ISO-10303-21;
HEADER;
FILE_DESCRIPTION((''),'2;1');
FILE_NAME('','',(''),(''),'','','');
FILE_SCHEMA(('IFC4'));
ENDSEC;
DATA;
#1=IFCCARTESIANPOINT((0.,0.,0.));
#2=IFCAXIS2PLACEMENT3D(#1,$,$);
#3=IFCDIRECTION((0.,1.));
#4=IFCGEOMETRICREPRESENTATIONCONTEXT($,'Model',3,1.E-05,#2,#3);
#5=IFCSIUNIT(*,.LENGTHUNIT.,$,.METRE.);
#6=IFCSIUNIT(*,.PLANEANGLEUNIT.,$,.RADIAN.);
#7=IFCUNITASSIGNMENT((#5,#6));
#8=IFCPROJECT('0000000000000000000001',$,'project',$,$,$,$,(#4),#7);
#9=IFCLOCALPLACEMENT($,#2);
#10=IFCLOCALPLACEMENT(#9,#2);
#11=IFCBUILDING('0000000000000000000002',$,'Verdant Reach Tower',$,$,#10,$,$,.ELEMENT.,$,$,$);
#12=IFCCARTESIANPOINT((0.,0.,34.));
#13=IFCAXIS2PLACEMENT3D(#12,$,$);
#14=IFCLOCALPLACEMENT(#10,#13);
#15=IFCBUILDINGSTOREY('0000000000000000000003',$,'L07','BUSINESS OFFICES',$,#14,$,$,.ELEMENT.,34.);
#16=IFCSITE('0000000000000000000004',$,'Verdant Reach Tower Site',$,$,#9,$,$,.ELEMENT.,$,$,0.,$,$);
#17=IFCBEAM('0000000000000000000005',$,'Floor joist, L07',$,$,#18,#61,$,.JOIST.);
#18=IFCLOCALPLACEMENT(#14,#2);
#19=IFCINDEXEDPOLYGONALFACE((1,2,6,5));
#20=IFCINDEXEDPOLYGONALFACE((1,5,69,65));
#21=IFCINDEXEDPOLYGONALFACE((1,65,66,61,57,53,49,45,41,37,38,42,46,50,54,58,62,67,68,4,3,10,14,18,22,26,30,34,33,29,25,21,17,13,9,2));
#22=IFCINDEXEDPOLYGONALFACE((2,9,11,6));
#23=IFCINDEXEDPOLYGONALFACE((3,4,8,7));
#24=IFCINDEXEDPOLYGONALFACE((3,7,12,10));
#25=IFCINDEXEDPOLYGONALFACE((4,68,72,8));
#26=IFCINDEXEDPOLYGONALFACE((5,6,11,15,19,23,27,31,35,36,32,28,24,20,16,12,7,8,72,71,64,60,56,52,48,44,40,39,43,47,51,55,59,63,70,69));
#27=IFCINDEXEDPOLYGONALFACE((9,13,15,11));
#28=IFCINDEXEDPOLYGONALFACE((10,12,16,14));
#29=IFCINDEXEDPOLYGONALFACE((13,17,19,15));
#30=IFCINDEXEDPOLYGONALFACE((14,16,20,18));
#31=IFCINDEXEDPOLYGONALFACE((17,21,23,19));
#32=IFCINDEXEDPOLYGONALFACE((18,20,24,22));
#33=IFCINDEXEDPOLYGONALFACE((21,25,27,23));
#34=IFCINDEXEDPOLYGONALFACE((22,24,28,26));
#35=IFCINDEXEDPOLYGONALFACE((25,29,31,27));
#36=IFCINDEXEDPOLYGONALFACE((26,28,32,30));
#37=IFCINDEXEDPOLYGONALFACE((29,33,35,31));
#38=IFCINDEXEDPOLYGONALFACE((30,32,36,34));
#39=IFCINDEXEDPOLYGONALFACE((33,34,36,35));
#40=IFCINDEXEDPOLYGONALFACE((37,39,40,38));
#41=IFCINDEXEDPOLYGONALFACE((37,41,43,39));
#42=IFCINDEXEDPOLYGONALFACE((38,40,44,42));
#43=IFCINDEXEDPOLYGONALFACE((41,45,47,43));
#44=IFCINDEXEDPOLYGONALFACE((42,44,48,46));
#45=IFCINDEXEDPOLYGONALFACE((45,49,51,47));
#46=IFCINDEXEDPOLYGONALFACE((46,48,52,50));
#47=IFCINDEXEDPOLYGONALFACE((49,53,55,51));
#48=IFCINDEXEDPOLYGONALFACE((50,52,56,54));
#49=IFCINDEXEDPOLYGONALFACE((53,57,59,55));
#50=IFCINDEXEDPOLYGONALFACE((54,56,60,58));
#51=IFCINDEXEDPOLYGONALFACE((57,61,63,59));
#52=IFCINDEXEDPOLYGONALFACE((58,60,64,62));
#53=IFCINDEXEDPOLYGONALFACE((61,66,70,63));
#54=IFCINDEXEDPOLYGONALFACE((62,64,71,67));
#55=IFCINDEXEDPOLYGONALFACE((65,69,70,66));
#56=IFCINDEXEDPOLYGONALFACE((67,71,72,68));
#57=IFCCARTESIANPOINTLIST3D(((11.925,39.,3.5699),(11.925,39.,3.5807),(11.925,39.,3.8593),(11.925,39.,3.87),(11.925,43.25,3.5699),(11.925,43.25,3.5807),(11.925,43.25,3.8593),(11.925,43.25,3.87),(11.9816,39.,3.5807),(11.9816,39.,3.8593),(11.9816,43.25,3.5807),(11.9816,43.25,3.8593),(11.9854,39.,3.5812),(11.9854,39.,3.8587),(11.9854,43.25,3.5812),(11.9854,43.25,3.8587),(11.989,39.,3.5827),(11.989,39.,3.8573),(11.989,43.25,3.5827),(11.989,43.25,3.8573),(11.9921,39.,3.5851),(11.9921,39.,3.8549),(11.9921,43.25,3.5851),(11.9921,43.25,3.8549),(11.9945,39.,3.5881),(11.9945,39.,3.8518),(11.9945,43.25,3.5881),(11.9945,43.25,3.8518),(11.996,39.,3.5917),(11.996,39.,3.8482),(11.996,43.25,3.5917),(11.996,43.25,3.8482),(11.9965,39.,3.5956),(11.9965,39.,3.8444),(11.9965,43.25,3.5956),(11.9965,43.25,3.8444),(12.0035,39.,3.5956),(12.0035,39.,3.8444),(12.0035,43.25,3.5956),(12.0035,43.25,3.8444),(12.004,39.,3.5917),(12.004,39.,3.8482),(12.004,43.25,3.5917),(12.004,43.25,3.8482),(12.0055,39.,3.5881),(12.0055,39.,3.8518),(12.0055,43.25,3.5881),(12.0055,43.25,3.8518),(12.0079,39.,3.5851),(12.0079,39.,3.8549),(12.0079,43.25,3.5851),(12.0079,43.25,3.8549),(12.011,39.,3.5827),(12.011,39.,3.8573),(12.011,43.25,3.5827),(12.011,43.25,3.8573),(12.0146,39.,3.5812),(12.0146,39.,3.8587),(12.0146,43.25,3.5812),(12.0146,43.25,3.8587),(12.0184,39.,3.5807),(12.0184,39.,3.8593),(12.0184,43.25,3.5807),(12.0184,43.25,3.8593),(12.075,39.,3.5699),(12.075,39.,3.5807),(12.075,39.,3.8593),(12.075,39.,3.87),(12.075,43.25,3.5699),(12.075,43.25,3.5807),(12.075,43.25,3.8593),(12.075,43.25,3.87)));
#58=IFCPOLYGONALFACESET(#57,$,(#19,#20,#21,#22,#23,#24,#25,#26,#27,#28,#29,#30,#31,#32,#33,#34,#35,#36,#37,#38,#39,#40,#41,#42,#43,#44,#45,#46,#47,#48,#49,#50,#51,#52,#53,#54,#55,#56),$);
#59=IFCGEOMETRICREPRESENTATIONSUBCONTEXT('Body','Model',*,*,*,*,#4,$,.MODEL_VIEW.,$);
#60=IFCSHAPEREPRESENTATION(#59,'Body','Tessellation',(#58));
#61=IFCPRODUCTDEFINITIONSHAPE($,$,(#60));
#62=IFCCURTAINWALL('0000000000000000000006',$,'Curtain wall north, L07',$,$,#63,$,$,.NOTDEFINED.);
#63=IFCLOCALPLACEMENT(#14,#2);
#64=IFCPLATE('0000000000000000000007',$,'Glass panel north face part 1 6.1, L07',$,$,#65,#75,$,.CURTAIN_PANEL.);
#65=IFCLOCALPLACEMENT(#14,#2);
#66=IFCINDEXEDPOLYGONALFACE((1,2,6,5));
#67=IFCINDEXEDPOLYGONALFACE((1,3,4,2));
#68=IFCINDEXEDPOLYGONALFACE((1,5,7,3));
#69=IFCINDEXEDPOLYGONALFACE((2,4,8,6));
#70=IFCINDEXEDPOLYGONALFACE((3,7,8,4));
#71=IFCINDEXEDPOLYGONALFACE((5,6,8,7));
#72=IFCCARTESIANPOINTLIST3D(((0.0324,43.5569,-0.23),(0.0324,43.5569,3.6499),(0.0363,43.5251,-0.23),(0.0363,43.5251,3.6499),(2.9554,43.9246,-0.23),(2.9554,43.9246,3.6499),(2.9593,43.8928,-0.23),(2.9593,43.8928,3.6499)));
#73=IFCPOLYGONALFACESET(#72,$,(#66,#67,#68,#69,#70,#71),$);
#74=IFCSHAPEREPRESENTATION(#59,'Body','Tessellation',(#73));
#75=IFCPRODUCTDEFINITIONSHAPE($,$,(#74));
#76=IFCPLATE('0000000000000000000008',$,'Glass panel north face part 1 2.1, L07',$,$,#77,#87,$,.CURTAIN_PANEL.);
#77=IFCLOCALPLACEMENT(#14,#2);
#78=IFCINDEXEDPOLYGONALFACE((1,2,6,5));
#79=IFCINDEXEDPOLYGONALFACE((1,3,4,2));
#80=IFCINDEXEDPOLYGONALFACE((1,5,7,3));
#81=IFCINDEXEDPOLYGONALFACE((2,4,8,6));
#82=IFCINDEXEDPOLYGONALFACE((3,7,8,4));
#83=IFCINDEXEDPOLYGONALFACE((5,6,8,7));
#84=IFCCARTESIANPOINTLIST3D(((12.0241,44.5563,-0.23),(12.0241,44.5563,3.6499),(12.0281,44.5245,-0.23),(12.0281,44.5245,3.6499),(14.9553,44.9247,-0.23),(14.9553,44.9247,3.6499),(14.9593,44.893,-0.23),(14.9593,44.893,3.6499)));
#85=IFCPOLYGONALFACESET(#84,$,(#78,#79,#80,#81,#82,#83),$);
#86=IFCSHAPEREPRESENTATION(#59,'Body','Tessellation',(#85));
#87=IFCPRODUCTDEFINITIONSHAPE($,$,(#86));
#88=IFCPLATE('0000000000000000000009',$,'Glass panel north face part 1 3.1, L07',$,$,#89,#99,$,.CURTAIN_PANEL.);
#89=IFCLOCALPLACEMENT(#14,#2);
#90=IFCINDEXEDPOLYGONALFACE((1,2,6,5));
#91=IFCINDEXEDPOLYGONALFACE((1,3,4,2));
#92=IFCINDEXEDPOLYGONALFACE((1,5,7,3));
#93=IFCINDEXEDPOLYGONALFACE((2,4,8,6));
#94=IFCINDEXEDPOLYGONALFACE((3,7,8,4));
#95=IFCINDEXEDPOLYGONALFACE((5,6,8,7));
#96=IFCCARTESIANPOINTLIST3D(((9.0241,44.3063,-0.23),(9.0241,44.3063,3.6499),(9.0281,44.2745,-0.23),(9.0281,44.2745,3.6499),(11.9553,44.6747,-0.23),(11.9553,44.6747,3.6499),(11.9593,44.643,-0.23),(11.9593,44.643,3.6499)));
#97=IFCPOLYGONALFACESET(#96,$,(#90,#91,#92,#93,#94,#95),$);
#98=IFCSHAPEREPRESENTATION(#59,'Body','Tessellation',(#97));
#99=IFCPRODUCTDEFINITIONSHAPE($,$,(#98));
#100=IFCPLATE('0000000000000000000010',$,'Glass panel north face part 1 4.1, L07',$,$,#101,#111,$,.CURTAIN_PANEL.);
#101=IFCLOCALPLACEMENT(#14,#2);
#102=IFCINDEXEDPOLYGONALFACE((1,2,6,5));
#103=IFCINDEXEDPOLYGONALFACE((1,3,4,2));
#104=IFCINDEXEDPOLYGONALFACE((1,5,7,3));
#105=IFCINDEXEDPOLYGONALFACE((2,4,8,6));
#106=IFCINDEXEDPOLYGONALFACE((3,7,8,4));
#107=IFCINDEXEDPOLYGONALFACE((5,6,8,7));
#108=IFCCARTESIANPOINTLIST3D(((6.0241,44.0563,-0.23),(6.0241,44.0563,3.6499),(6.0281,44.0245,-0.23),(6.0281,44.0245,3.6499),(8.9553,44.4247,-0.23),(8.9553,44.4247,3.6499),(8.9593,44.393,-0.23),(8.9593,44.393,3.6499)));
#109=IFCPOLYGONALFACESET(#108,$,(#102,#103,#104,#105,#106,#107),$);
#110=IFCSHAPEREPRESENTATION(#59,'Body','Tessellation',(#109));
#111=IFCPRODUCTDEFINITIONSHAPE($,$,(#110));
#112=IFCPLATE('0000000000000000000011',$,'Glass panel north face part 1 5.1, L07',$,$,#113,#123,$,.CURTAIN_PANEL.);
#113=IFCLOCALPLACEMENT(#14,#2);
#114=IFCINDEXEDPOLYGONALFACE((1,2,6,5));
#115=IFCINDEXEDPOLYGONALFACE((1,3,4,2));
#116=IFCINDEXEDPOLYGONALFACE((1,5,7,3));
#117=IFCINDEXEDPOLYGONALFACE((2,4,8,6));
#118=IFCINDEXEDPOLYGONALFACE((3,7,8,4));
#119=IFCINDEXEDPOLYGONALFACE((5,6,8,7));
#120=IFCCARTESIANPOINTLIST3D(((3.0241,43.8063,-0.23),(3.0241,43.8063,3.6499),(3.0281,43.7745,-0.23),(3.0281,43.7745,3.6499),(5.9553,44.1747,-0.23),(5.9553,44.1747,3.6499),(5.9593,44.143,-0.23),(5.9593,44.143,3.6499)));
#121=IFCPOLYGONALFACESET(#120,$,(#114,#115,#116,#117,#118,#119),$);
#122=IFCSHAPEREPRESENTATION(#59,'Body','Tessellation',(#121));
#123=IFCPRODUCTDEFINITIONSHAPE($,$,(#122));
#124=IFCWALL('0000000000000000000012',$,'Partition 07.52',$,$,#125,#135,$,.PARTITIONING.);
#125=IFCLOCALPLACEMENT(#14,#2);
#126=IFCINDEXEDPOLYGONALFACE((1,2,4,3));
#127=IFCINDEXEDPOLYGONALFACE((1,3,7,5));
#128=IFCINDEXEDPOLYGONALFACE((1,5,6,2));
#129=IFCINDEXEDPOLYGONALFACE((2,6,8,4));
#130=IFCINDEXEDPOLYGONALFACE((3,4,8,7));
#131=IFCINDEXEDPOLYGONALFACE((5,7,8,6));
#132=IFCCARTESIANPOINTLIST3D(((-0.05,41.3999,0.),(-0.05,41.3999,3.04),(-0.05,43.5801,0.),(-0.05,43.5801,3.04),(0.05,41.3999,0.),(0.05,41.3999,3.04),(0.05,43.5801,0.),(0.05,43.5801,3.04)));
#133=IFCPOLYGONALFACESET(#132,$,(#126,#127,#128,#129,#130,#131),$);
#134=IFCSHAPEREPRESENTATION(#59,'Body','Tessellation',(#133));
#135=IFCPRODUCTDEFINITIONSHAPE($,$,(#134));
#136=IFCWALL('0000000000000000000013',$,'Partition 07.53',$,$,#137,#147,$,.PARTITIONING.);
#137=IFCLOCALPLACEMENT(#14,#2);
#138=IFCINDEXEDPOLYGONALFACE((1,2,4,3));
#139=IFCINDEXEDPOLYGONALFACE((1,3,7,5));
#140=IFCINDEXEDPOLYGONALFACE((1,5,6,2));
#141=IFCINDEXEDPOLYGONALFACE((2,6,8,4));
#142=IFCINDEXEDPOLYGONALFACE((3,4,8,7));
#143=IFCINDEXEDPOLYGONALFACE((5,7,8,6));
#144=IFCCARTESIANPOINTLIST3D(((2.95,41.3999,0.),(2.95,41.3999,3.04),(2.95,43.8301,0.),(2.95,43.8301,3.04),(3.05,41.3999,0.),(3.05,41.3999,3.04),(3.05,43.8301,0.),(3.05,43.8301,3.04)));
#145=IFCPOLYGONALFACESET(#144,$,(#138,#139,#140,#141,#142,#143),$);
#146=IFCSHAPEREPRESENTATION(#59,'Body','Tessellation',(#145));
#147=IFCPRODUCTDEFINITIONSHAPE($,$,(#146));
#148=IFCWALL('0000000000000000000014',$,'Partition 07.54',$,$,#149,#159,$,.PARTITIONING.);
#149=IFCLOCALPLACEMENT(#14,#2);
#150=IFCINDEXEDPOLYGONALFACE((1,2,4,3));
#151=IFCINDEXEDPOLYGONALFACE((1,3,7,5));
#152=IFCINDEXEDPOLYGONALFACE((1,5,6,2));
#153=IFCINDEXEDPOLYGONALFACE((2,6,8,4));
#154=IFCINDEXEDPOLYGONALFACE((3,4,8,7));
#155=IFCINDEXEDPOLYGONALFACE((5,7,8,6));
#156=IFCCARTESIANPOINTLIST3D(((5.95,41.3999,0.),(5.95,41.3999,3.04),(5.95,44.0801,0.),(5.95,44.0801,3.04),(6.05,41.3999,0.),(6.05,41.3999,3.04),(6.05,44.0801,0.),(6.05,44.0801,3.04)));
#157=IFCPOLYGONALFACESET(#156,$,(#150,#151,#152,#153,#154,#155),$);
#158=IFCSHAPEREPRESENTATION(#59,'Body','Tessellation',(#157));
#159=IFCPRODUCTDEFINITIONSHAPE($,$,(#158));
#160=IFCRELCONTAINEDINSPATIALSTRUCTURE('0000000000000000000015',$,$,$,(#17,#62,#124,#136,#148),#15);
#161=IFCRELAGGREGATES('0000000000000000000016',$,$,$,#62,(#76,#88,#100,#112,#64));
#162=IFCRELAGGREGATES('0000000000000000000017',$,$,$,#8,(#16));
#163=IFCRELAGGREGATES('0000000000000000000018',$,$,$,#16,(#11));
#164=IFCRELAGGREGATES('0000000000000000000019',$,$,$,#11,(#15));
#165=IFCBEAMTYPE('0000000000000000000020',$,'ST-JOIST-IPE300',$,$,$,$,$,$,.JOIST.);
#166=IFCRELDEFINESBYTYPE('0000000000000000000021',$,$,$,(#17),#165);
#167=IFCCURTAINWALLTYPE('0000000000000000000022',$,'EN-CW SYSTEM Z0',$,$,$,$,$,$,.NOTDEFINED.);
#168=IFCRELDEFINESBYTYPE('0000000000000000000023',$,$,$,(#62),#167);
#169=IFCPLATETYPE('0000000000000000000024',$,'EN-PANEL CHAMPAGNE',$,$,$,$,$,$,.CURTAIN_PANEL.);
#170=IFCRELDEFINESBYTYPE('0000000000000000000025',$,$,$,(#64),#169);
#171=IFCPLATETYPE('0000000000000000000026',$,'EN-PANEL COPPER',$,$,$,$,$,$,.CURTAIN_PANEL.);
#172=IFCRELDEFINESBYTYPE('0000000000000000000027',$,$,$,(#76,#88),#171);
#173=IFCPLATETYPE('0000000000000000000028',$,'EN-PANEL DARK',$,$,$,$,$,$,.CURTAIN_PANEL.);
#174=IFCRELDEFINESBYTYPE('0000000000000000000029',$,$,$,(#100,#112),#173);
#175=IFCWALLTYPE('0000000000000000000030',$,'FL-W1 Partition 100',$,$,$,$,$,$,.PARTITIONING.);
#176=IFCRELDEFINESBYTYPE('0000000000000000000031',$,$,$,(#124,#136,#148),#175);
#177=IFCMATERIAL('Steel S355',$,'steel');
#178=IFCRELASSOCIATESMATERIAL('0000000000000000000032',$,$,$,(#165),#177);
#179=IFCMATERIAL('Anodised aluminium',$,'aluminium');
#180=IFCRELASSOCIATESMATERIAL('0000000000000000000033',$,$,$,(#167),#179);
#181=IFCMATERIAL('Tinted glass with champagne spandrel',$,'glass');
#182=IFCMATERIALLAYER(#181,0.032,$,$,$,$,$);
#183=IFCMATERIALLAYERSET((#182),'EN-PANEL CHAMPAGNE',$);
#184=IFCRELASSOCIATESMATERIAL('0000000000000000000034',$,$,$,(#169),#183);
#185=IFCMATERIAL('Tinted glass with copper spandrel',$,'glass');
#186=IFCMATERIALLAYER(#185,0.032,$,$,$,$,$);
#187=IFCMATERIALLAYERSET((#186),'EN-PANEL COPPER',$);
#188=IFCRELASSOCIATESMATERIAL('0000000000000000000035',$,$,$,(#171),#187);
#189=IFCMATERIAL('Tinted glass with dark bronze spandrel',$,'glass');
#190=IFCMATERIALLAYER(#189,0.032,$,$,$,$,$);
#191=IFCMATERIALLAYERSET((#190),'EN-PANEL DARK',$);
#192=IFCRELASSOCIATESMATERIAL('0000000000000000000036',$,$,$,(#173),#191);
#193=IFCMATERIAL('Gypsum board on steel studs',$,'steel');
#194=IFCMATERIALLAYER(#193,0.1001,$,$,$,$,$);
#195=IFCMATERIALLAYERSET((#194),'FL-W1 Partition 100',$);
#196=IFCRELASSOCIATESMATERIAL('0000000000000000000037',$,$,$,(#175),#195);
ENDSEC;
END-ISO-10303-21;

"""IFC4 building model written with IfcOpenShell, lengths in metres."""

from ifc_helpers import new_model, si_unit, direction, frame, frame_2d, origin, origin_2d, place, context, subcontext, project, spatial, rectangle, i_section, extrude, material, layer, layer_set, material_profile, profile_set, type_object, element, aggregate, save


model = new_model("IFC4")

# Units and contexts
model_context = context("Model", 3, precision=1e-05, world=origin(), true_north=direction((0.0, 1.0)))
body_context = subcontext(model_context, "Body", "Model", "MODEL_VIEW")
ifc_project = project(units=[si_unit("LENGTHUNIT", "METRE"), si_unit("PLANEANGLEUNIT", "RADIAN")], contexts=[model_context])

# Site, building, storey
site_placement = place(None, origin())
site = spatial("IfcSite", under=ifc_project, at=site_placement, Name="Verdant Reach Tower Site", CompositionType="ELEMENT", RefElevation=0.0)
building_placement = place(site_placement, origin())
building = spatial("IfcBuilding", under=site, at=building_placement, Name="Verdant Reach Tower", CompositionType="ELEMENT")
storey_placement = place(building_placement, frame((0.0, 0.0, 34.0)))
storey = spatial("IfcBuildingStorey", under=building, at=storey_placement, Name="L07", Description="BUSINESS OFFICES", CompositionType="ELEMENT", Elevation=34.0)

# Beam
ifc_material_1 = material(Name="Steel S355", Category="steel")
ifc_material_profile_1 = material_profile(ifc_material_1, i_section(OverallWidth=0.1499, OverallDepth=0.3, WebThickness=0.0071, FlangeThickness=0.0107, FilletRadius=0.0149, at=origin_2d()), Name="IPE 300")
ifc_profile_set_1 = profile_set([ifc_material_profile_1], Name="Steel S355")
beam_type = type_object("IfcBeamType", Name="ST-JOIST-IPE300", PredefinedType="JOIST", material=ifc_profile_set_1)
beam_1_placement = place(storey_placement, frame((12.0, 39.0, 3.72), z_axis=(0.0, 1.0, 0.0), x_axis=(-1.0, 0.0, 0.0)))
element("IfcBeam", 1, at=beam_1_placement, inside=storey, type_object=beam_type, Name="Floor joist, L07", PredefinedType="JOIST", context=body_context, shape_type="SweptSolid", body=[
    extrude(i_section(OverallWidth=0.1499, OverallDepth=0.3, WebThickness=0.0071, FlangeThickness=0.0107, FilletRadius=0.0149, at=origin_2d()), origin(), (0.0, 0.0, 1.0), 4.25),
])

# Curtain wall, plates
ifc_material_2 = material(Name="Anodised aluminium", Category="aluminium")
curtain_wall_type = type_object("IfcCurtainWallType", Name="EN-CW SYSTEM Z0", PredefinedType="NOTDEFINED", material=ifc_material_2)
curtain_wall_placement = place(storey_placement, origin())
curtain_wall = element("IfcCurtainWall", 2, at=curtain_wall_placement, inside=storey, type_object=curtain_wall_type, Name="Curtain wall north, L07", PredefinedType="NOTDEFINED")
ifc_material_3 = material(Name="Tinted glass with champagne spandrel", Category="glass")
ifc_layer_1 = layer(ifc_material_3, 0.032)
ifc_layer_set_1 = layer_set([ifc_layer_1], Name="EN-PANEL CHAMPAGNE")
plate_type_1 = type_object("IfcPlateType", Name="EN-PANEL CHAMPAGNE", PredefinedType="CURTAIN_PANEL", material=ifc_layer_set_1)
plate_1_placement = place(storey_placement, frame((1.4958, 43.7249, -0.23), z_axis=(0.0, 0.0, 1.0), x_axis=(-0.99218, -0.124818, 0.0)))
plate_1 = element("IfcPlate", 3, at=plate_1_placement, type_object=plate_type_1, Name="Glass panel north face part 1 6.1, L07", PredefinedType="CURTAIN_PANEL", context=body_context, shape_type="SweptSolid", body=[
    extrude(rectangle(XDim=2.946, YDim=0.032, at=origin_2d()), origin(), (0.0, 0.0, 1.0), 3.8799),
])
ifc_material_4 = material(Name="Tinted glass with copper spandrel", Category="glass")
ifc_layer_2 = layer(ifc_material_4, 0.032)
ifc_layer_set_2 = layer_set([ifc_layer_2], Name="EN-PANEL COPPER")
plate_type_2 = type_object("IfcPlateType", Name="EN-PANEL COPPER", PredefinedType="CURTAIN_PANEL", material=ifc_layer_set_2)
plate_2_placement = place(storey_placement, frame((13.4917, 44.7246, -0.23), z_axis=(0.0, 0.0, 1.0), x_axis=(-0.992194, -0.124704, 0.0)))
plate_2 = element("IfcPlate", 4, at=plate_2_placement, type_object=plate_type_2, Name="Glass panel north face part 1 2.1, L07", PredefinedType="CURTAIN_PANEL", context=body_context, shape_type="SweptSolid", body=[
    extrude(rectangle(XDim=2.9543, YDim=0.032, at=origin_2d()), origin(), (0.0, 0.0, 1.0), 3.8799),
])
plate_3_placement = place(storey_placement, frame((10.4917, 44.4746, -0.23), z_axis=(0.0, 0.0, 1.0), x_axis=(-0.992194, -0.124704, 0.0)))
plate_3 = element("IfcPlate", 5, at=plate_3_placement, type_object=plate_type_2, Name="Glass panel north face part 1 3.1, L07", PredefinedType="CURTAIN_PANEL", context=body_context, shape_type="SweptSolid", body=[
    extrude(rectangle(XDim=2.9543, YDim=0.032, at=origin_2d()), origin(), (0.0, 0.0, 1.0), 3.8799),
])
ifc_material_5 = material(Name="Tinted glass with dark bronze spandrel", Category="glass")
ifc_layer_3 = layer(ifc_material_5, 0.032)
ifc_layer_set_3 = layer_set([ifc_layer_3], Name="EN-PANEL DARK")
plate_type_3 = type_object("IfcPlateType", Name="EN-PANEL DARK", PredefinedType="CURTAIN_PANEL", material=ifc_layer_set_3)
plate_4_placement = place(storey_placement, frame((7.4917, 44.2246, -0.23), z_axis=(0.0, 0.0, 1.0), x_axis=(-0.992194, -0.124704, 0.0)))
plate_4 = element("IfcPlate", 6, at=plate_4_placement, type_object=plate_type_3, Name="Glass panel north face part 1 4.1, L07", PredefinedType="CURTAIN_PANEL", context=body_context, shape_type="SweptSolid", body=[
    extrude(rectangle(XDim=2.9543, YDim=0.032, at=origin_2d()), origin(), (0.0, 0.0, 1.0), 3.8799),
])
plate_5_placement = place(storey_placement, frame((4.4917, 43.9746, -0.23), z_axis=(0.0, 0.0, 1.0), x_axis=(-0.992194, -0.124704, 0.0)))
plate_5 = element("IfcPlate", 7, at=plate_5_placement, type_object=plate_type_3, Name="Glass panel north face part 1 5.1, L07", PredefinedType="CURTAIN_PANEL", context=body_context, shape_type="SweptSolid", body=[
    extrude(rectangle(XDim=2.9543, YDim=0.032, at=origin_2d()), origin(), (0.0, 0.0, 1.0), 3.8799),
])
aggregate(curtain_wall, [plate_2, plate_3, plate_4, plate_5, plate_1])

# Walls
ifc_material_6 = material(Name="Gypsum board on steel studs", Category="steel")
ifc_layer_4 = layer(ifc_material_6, 0.1001)
ifc_layer_set_4 = layer_set([ifc_layer_4], Name="FL-W1 Partition 100")
wall_type_1 = type_object("IfcWallType", Name="FL-W1 Partition 100", PredefinedType="PARTITIONING", material=ifc_layer_set_4)
wall_1_placement = place(storey_placement, frame((0.0, 41.3999, 0.0), z_axis=(0.0, 0.0, 1.0), x_axis=(0.0, 1.0, 0.0)))
element("IfcWall", 8, at=wall_1_placement, inside=storey, type_object=wall_type_1, Name="Partition 07.52", PredefinedType="PARTITIONING", context=body_context, shape_type="SweptSolid", body=[
    extrude(rectangle(XDim=2.1802, YDim=0.1001, at=frame_2d((1.0901, 0.0))), origin(), (0.0, 0.0, 1.0), 3.04),
])
wall_2_placement = place(storey_placement, frame((3.0, 41.3999, 0.0), z_axis=(0.0, 0.0, 1.0), x_axis=(0.0, 1.0, 0.0)))
element("IfcWall", 9, at=wall_2_placement, inside=storey, type_object=wall_type_1, Name="Partition 07.53", PredefinedType="PARTITIONING", context=body_context, shape_type="SweptSolid", body=[
    extrude(rectangle(XDim=2.4302, YDim=0.1001, at=frame_2d((1.2151, 0.0))), origin(), (0.0, 0.0, 1.0), 3.04),
])
wall_3_placement = place(storey_placement, frame((6.0, 41.3999, 0.0), z_axis=(0.0, 0.0, 1.0), x_axis=(0.0, 1.0, 0.0)))
element("IfcWall", 10, at=wall_3_placement, inside=storey, type_object=wall_type_1, Name="Partition 07.54", PredefinedType="PARTITIONING", context=body_context, shape_type="SweptSolid", body=[
    extrude(rectangle(XDim=2.6802, YDim=0.1001, at=frame_2d((1.3401, 0.0))), origin(), (0.0, 0.0, 1.0), 3.04),
])

save(model, "model.ifc")
